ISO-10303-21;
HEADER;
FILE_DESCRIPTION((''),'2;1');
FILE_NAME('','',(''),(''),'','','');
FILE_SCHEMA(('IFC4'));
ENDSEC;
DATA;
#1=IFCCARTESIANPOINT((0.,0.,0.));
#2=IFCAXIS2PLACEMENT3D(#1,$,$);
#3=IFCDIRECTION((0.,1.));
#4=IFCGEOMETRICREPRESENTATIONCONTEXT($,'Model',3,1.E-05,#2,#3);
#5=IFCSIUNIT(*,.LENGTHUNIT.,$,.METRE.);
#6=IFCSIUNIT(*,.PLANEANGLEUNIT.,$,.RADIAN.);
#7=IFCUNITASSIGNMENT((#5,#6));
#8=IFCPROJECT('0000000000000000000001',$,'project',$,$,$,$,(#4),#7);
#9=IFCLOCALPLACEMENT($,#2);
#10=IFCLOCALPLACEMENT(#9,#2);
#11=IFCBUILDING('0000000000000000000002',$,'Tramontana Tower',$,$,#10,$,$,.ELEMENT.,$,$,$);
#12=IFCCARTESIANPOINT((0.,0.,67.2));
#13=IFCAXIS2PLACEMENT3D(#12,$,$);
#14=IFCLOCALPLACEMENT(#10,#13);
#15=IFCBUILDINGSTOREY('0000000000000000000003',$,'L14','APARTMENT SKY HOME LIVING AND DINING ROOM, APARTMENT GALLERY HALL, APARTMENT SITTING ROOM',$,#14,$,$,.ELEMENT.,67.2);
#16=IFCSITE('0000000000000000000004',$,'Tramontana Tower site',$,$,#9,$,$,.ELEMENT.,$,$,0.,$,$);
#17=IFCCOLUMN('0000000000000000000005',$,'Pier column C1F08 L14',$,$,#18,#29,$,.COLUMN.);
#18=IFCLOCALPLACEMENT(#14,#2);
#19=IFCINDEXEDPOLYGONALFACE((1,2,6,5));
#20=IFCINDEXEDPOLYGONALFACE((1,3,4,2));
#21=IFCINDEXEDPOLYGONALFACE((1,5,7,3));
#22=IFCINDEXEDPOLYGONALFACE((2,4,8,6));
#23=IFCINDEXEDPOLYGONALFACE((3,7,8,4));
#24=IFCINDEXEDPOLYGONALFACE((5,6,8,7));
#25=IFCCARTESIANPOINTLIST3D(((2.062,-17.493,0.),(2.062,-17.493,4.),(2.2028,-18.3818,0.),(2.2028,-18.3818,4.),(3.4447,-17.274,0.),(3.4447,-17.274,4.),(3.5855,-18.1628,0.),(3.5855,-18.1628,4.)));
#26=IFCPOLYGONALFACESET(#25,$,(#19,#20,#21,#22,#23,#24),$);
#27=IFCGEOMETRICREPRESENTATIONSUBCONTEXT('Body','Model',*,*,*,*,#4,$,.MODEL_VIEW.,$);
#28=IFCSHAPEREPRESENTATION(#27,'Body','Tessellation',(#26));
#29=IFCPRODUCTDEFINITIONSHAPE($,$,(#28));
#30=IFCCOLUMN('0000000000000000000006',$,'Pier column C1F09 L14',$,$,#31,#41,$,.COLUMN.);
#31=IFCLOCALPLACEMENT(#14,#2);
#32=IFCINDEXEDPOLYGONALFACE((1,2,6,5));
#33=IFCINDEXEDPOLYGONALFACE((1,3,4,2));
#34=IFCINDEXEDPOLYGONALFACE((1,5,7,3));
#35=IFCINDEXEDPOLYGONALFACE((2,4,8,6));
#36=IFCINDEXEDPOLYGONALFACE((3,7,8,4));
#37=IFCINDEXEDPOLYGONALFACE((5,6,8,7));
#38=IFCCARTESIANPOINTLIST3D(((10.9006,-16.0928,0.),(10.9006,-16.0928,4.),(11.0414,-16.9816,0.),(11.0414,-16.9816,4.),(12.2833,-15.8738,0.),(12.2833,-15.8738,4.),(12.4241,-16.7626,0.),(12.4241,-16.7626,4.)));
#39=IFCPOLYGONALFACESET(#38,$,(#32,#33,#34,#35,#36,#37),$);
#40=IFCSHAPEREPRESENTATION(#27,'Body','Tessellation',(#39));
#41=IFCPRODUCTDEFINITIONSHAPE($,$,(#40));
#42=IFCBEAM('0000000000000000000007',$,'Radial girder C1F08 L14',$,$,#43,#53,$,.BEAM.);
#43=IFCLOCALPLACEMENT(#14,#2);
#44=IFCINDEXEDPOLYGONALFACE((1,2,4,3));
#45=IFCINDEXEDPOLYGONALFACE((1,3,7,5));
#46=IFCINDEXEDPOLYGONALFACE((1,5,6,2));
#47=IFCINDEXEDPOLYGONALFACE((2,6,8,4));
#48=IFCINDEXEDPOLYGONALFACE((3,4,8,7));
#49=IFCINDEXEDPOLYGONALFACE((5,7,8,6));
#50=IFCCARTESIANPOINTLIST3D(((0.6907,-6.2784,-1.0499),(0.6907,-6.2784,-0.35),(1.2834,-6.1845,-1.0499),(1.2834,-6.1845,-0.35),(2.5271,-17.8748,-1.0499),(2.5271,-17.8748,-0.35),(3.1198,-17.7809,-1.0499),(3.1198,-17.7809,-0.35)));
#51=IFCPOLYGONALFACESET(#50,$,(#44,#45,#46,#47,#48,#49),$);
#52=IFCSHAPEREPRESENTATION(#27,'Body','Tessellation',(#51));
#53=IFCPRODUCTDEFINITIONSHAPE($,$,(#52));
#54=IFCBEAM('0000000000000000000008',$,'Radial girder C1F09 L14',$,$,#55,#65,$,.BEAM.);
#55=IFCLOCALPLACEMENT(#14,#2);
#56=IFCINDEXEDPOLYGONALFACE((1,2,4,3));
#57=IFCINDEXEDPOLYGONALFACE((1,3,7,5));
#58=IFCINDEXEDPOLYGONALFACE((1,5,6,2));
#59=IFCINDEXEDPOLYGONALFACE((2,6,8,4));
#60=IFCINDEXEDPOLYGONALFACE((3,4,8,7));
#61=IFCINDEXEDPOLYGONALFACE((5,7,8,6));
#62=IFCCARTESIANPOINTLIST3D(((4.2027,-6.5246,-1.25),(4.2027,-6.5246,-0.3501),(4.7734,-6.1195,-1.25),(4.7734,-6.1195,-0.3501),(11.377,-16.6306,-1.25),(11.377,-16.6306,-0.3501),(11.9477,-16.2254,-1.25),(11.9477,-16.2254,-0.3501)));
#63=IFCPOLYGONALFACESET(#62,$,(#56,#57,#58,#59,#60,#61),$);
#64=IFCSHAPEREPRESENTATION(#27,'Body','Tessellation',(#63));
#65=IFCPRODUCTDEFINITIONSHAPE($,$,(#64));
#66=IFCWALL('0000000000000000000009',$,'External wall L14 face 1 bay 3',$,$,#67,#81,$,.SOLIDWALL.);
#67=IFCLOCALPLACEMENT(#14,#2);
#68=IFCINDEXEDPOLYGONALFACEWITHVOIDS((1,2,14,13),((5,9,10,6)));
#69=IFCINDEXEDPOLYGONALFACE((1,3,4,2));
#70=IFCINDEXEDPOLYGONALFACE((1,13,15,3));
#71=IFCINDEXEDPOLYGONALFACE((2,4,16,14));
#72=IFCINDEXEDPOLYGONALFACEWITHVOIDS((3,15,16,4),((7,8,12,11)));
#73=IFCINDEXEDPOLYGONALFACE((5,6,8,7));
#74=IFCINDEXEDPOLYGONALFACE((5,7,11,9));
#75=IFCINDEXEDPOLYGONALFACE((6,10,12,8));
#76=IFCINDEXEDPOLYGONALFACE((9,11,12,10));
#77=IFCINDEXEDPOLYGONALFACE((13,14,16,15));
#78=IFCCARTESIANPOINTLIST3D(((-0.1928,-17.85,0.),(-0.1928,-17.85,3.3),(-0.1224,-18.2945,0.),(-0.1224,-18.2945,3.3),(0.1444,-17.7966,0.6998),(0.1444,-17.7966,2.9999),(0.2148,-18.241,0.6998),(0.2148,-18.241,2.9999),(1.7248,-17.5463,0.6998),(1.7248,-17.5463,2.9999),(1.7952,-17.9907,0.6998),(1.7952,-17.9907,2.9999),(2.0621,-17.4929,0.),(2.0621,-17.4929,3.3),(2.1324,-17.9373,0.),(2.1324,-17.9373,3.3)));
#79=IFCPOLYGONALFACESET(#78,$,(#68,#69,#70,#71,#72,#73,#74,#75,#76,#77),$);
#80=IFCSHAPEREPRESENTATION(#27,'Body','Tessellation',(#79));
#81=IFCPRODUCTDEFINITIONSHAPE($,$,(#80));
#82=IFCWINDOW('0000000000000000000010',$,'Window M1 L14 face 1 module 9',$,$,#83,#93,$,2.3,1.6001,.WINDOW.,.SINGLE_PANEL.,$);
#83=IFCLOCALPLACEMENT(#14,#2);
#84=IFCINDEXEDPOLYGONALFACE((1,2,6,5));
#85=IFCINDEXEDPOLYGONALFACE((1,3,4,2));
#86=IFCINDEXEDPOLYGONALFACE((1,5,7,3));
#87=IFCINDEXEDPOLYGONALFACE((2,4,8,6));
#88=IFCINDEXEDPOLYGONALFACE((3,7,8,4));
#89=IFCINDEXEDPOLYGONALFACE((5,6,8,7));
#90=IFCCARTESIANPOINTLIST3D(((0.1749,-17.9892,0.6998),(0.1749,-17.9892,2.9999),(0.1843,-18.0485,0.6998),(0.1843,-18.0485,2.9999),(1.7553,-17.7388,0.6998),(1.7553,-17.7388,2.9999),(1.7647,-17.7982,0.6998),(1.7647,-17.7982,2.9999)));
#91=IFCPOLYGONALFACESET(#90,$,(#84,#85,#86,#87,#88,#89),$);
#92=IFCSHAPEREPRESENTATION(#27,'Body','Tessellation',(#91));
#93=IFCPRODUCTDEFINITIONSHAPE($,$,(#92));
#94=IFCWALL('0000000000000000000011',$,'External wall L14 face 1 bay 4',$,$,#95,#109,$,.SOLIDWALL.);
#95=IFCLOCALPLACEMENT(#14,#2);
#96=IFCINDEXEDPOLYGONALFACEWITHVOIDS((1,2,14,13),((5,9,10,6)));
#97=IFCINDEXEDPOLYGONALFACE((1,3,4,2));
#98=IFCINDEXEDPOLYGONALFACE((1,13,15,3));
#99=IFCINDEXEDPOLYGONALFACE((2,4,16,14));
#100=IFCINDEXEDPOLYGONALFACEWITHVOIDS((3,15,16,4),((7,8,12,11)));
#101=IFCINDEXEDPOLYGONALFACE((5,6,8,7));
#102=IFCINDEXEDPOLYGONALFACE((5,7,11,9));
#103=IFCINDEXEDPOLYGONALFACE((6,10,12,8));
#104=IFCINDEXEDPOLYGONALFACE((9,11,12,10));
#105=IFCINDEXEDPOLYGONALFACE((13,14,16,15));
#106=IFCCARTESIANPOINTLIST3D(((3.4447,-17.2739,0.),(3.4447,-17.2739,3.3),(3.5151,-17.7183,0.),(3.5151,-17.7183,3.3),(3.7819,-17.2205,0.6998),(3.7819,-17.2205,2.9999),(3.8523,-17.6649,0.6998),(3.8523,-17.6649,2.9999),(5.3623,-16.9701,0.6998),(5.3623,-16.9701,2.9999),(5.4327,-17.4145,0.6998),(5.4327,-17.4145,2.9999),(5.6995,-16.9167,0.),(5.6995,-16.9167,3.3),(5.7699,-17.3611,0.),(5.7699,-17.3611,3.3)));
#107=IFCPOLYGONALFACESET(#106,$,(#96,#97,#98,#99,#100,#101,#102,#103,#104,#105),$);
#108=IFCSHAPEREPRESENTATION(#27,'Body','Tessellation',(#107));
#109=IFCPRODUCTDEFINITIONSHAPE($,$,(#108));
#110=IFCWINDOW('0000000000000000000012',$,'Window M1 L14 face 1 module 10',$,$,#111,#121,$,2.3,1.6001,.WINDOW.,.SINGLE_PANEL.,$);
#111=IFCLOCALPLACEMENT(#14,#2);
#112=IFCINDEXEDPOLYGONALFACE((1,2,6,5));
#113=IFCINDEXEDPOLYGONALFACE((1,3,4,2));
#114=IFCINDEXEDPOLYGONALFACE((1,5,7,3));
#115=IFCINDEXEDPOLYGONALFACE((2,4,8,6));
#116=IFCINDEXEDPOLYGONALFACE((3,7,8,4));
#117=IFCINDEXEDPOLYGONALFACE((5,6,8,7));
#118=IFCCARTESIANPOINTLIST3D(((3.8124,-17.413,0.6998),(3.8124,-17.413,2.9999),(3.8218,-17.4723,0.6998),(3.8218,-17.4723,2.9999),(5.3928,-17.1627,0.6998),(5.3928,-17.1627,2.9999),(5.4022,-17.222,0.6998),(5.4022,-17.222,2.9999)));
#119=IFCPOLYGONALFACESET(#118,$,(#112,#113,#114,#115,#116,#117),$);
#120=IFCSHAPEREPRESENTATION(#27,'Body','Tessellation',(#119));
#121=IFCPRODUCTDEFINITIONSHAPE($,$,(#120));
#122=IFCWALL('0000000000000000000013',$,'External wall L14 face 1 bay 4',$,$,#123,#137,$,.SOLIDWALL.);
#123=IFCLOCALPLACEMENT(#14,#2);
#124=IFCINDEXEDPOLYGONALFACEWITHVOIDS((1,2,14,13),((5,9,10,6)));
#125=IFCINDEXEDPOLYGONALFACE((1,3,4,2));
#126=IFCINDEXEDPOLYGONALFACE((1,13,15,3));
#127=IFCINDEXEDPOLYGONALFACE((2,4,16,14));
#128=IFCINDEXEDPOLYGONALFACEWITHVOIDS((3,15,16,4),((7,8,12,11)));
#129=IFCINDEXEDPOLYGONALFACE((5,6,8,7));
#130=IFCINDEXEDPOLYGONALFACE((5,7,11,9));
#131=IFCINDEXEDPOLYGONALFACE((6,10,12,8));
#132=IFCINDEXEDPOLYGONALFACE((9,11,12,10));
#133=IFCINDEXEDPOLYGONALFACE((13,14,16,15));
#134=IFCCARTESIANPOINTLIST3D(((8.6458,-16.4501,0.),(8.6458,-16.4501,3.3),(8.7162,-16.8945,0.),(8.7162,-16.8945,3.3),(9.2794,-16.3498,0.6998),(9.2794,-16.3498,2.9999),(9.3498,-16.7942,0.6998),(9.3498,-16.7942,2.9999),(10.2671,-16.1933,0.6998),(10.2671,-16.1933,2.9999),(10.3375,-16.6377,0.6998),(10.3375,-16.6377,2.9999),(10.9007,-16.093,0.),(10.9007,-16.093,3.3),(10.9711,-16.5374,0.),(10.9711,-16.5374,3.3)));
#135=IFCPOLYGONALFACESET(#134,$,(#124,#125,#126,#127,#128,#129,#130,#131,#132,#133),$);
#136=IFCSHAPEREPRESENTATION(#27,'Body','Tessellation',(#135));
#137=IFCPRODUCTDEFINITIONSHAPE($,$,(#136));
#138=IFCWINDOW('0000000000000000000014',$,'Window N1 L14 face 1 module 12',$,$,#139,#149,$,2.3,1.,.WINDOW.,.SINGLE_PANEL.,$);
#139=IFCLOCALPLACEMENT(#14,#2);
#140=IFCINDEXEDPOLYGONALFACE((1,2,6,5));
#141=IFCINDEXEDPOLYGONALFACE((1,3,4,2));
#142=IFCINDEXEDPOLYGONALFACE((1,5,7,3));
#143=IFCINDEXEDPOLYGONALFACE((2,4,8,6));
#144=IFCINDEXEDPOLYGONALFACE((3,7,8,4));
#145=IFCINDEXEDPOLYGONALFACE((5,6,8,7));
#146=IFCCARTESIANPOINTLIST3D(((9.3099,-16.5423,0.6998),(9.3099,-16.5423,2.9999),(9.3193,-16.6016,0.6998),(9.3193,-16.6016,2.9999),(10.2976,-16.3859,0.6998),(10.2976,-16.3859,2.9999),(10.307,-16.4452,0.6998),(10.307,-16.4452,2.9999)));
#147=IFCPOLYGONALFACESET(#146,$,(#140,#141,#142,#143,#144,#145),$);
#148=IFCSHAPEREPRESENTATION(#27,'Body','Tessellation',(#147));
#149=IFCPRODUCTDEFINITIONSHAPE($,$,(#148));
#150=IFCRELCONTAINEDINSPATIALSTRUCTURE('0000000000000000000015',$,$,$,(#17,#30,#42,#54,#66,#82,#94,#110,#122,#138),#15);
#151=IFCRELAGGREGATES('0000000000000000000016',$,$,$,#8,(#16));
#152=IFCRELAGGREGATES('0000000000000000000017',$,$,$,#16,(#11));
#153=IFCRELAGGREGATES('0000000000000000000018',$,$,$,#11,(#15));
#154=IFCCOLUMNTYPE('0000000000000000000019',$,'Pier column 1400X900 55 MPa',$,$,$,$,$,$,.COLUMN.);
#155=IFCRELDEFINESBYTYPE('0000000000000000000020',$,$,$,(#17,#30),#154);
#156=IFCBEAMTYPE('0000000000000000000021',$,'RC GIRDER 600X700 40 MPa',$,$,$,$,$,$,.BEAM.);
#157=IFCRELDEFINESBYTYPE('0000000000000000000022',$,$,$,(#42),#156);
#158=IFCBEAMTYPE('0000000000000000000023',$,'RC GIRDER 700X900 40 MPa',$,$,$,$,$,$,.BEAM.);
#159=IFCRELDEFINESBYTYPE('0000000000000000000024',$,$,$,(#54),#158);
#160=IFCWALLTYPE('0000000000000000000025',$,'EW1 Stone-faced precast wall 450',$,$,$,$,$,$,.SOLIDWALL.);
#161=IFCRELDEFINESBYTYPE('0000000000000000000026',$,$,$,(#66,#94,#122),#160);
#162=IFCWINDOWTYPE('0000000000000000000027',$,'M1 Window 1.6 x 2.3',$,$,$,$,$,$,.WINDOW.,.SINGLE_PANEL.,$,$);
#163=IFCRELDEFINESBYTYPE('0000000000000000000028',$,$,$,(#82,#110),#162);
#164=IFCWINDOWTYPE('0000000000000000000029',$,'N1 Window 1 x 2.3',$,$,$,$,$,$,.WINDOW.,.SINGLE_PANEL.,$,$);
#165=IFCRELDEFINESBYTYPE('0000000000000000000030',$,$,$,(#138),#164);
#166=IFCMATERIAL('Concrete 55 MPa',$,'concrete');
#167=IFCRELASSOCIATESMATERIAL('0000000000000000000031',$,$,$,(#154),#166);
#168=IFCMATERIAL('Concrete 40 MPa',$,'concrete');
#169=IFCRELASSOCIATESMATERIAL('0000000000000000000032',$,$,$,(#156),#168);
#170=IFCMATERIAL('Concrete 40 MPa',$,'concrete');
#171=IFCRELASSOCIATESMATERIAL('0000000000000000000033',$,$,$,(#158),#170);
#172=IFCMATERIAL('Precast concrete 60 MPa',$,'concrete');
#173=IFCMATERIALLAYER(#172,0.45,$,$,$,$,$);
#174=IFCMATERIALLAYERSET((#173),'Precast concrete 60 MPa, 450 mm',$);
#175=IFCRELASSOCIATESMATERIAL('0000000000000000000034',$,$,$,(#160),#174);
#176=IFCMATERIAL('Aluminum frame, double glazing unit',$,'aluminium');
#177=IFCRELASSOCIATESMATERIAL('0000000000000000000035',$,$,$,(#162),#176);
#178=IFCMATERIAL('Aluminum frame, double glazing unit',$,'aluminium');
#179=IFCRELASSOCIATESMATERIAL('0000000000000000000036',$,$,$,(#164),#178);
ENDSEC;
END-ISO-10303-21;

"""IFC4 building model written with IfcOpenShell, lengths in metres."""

from ifc_helpers import new_model, si_unit, direction, frame, frame_2d, origin, origin_2d, place, context, subcontext, project, spatial, rectangle, extrude, material, layer, layer_set, material_profile, profile_set, type_object, element, fill, save


model = new_model("IFC4")

# Units and contexts
model_context = context("Model", 3, precision=1e-05, world=origin(), true_north=direction((0.0, 1.0)))
body_context = subcontext(model_context, "Body", "Model", "MODEL_VIEW")
ifc_project = project(units=[si_unit("LENGTHUNIT", "METRE"), si_unit("PLANEANGLEUNIT", "RADIAN")], contexts=[model_context])

# Site, building, storey
site_placement = place(None, origin())
site = spatial("IfcSite", under=ifc_project, at=site_placement, Name="Tramontana Tower site", CompositionType="ELEMENT", RefElevation=0.0)
building_placement = place(site_placement, origin())
building = spatial("IfcBuilding", under=site, at=building_placement, Name="Tramontana Tower", CompositionType="ELEMENT")
storey_placement = place(building_placement, frame((0.0, 0.0, 67.2)))
storey = spatial("IfcBuildingStorey", under=building, at=storey_placement, Name="L14", Description="APARTMENT SKY HOME LIVING AND DINING ROOM, APARTMENT GALLERY HALL, APARTMENT SITTING ROOM", CompositionType="ELEMENT", Elevation=67.2)

# Columns
ifc_material_1 = material(Name="Concrete 55 MPa", Category="concrete")
ifc_material_profile_1 = material_profile(ifc_material_1, rectangle(XDim=1.3999, YDim=0.8999, at=origin_2d()), Name="Pier column 1400X900 55 MPa")
ifc_profile_set_1 = profile_set([ifc_material_profile_1], Name="Concrete 55 MPa")
column_type = type_object("IfcColumnType", Name="Pier column 1400X900 55 MPa", PredefinedType="COLUMN", material=ifc_profile_set_1)
for number, where, z_axis, x_axis, name in (
    (1, (2.8237, -17.8279, 0.0), (0.0, 0.0, 1.0), (0.987688, 0.156434, 0.0), "Pier column C1F08 L14"),
    (2, (11.6624, -16.4277, 0.0), (0.0, 0.0, 1.0), (0.987688, 0.156434, 0.0), "Pier column C1F09 L14"),
):
    element("IfcColumn", number, at=place(storey_placement, frame(where, z_axis=z_axis, x_axis=x_axis)), inside=storey, type_object=column_type, Name=name, PredefinedType="COLUMN", context=body_context, shape_type="SweptSolid", body=[
        extrude(rectangle(XDim=1.3999, YDim=0.8999, at=origin_2d()), origin(), (0.0, 0.0, 1.0), 4.0),
    ])

# Beams
ifc_material_2 = material(Name="Concrete 40 MPa", Category="concrete")
ifc_material_profile_2 = material_profile(ifc_material_2, rectangle(XDim=0.6001, YDim=0.7, at=origin_2d()), Name="RC GIRDER 600X700 40 MPa")
ifc_profile_set_2 = profile_set([ifc_material_profile_2], Name="Concrete 40 MPa")
beam_type_1 = type_object("IfcBeamType", Name="RC GIRDER 600X700 40 MPa", PredefinedType="BEAM", material=ifc_profile_set_2)
beam_1_placement = place(storey_placement, frame((2.8235, -17.8279, -0.7), z_axis=(-0.156412, 0.987692, 0.0), x_axis=(-0.987692, -0.156412, 0.0)))
element("IfcBeam", 3, at=beam_1_placement, inside=storey, type_object=beam_type_1, Name="Radial girder C1F08 L14", PredefinedType="BEAM", context=body_context, shape_type="SweptSolid", body=[
    extrude(rectangle(XDim=0.6001, YDim=0.7, at=origin_2d()), origin(), (0.0, 0.0, 1.0), 11.741),
])
ifc_material_3 = material(Name="Concrete 40 MPa", Category="concrete")
ifc_material_profile_3 = material_profile(ifc_material_3, rectangle(XDim=0.7, YDim=0.8999, at=origin_2d()), Name="RC GIRDER 700X900 40 MPa")
ifc_profile_set_3 = profile_set([ifc_material_profile_3], Name="Concrete 40 MPa")
beam_type_2 = type_object("IfcBeamType", Name="RC GIRDER 700X900 40 MPa", PredefinedType="BEAM", material=ifc_profile_set_3)
beam_2_placement = place(storey_placement, frame((11.6624, -16.428, -0.8), z_axis=(-0.578873, 0.815418, 0.0), x_axis=(-0.815418, -0.578873, 0.0)))
element("IfcBeam", 4, at=beam_2_placement, inside=storey, type_object=beam_type_2, Name="Radial girder C1F09 L14", PredefinedType="BEAM", context=body_context, shape_type="SweptSolid", body=[
    extrude(rectangle(XDim=0.7, YDim=0.8999, at=origin_2d()), origin(), (0.0, 0.0, 1.0), 12.3936),
])

# Walls, openings, windows
ifc_material_4 = material(Name="Precast concrete 60 MPa", Category="concrete")
ifc_layer_1 = layer(ifc_material_4, 0.45)
ifc_layer_set_1 = layer_set([ifc_layer_1], Name="Precast concrete 60 MPa, 450 mm")
wall_type_1 = type_object("IfcWallType", Name="EW1 Stone-faced precast wall 450", PredefinedType="SOLIDWALL", material=ifc_layer_set_1)
wall_1_placement = place(storey_placement, frame((-0.1577, -18.0723, 0.0), z_axis=(0.0, 0.0, 1.0), x_axis=(0.987686, 0.156451, 0.0)))
wall_1 = element("IfcWall", 5, at=wall_1_placement, inside=storey, type_object=wall_type_1, Name="External wall L14 face 1 bay 3", PredefinedType="SOLIDWALL", context=body_context, shape_type="SweptSolid", body=[
    extrude(rectangle(XDim=2.283, YDim=0.45, at=frame_2d((1.1416, 0.0))), origin(), (0.0, 0.0, 1.0), 3.3),
])
opening_1_placement = place(wall_1_placement, frame((0.3416, 0.0, 0.7)))
opening_1 = element("IfcOpeningElement", 6, at=opening_1_placement, cuts=wall_1, PredefinedType="OPENING", context=body_context, shape_type="SweptSolid", body=[
    extrude(rectangle(XDim=1.6001, YDim=2.3, at=frame_2d((0.8, 1.1499))), frame((0.0, 0.2349, 0.0), z_axis=(0.0, -1.0, 0.0), x_axis=(1.0, 0.0, 0.0)), (0.0, 0.0, 1.0), 0.47),
])
ifc_material_5 = material(Name="Aluminum frame, double glazing unit", Category="aluminium")
window_type_1 = type_object("IfcWindowType", Name="M1 Window 1.6 x 2.3", PartitioningType="SINGLE_PANEL", PredefinedType="WINDOW", material=ifc_material_5)
window_1_placement = place(opening_1_placement, origin())
window_1 = element("IfcWindow", 7, at=window_1_placement, inside=storey, type_object=window_type_1, Name="Window M1 L14 face 1 module 9", OverallHeight=2.3, OverallWidth=1.6001, PartitioningType="SINGLE_PANEL", PredefinedType="WINDOW", context=body_context, shape_type="SweptSolid", body=[
    extrude(rectangle(XDim=1.6001, YDim=2.3, at=frame_2d((0.8, 1.1499))), frame((0.0, 0.03, 0.0), z_axis=(0.0, -1.0, 0.0), x_axis=(1.0, 0.0, 0.0)), (0.0, 0.0, 1.0), 0.0601),
])
fill(opening_1, window_1)
wall_2_placement = place(storey_placement, frame((3.4797, -17.4961, 0.0), z_axis=(0.0, 0.0, 1.0), x_axis=(0.987686, 0.156451, 0.0)))
wall_2 = element("IfcWall", 8, at=wall_2_placement, inside=storey, type_object=wall_type_1, Name="External wall L14 face 1 bay 4", PredefinedType="SOLIDWALL", context=body_context, shape_type="SweptSolid", body=[
    extrude(rectangle(XDim=2.283, YDim=0.45, at=frame_2d((1.1416, 0.0))), origin(), (0.0, 0.0, 1.0), 3.3),
])
opening_2_placement = place(wall_2_placement, frame((0.3416, 0.0, 0.7)))
opening_2 = element("IfcOpeningElement", 9, at=opening_2_placement, cuts=wall_2, PredefinedType="OPENING", context=body_context, shape_type="SweptSolid", body=[
    extrude(rectangle(XDim=1.6001, YDim=2.3, at=frame_2d((0.8, 1.1499))), frame((0.0, 0.2349, 0.0), z_axis=(0.0, -1.0, 0.0), x_axis=(1.0, 0.0, 0.0)), (0.0, 0.0, 1.0), 0.47),
])
window_2_placement = place(opening_2_placement, origin())
window_2 = element("IfcWindow", 10, at=window_2_placement, inside=storey, type_object=window_type_1, Name="Window M1 L14 face 1 module 10", OverallHeight=2.3, OverallWidth=1.6001, PartitioningType="SINGLE_PANEL", PredefinedType="WINDOW", context=body_context, shape_type="SweptSolid", body=[
    extrude(rectangle(XDim=1.6001, YDim=2.3, at=frame_2d((0.8, 1.1499))), frame((0.0, 0.03, 0.0), z_axis=(0.0, -1.0, 0.0), x_axis=(1.0, 0.0, 0.0)), (0.0, 0.0, 1.0), 0.0601),
])
fill(opening_2, window_2)
wall_3_placement = place(storey_placement, frame((8.6809, -16.6724, 0.0), z_axis=(0.0, 0.0, 1.0), x_axis=(0.987686, 0.156451, 0.0)))
wall_3 = element("IfcWall", 11, at=wall_3_placement, inside=storey, type_object=wall_type_1, Name="External wall L14 face 1 bay 4", PredefinedType="SOLIDWALL", context=body_context, shape_type="SweptSolid", body=[
    extrude(rectangle(XDim=2.283, YDim=0.45, at=frame_2d((1.1416, 0.0))), origin(), (0.0, 0.0, 1.0), 3.3),
])
opening_3_placement = place(wall_3_placement, frame((0.6416, 0.0, 0.7)))
opening_3 = element("IfcOpeningElement", 12, at=opening_3_placement, cuts=wall_3, PredefinedType="OPENING", context=body_context, shape_type="SweptSolid", body=[
    extrude(rectangle(XDim=1.0, YDim=2.3, at=frame_2d((0.5, 1.1499))), frame((0.0, 0.2349, 0.0), z_axis=(0.0, -1.0, 0.0), x_axis=(1.0, 0.0, 0.0)), (0.0, 0.0, 1.0), 0.47),
])
ifc_material_6 = material(Name="Aluminum frame, double glazing unit", Category="aluminium")
window_type_2 = type_object("IfcWindowType", Name="N1 Window 1 x 2.3", PartitioningType="SINGLE_PANEL", PredefinedType="WINDOW", material=ifc_material_6)
window_3_placement = place(opening_3_placement, origin())
window_3 = element("IfcWindow", 13, at=window_3_placement, inside=storey, type_object=window_type_2, Name="Window N1 L14 face 1 module 12", OverallHeight=2.3, OverallWidth=1.0, PartitioningType="SINGLE_PANEL", PredefinedType="WINDOW", context=body_context, shape_type="SweptSolid", body=[
    extrude(rectangle(XDim=1.0, YDim=2.3, at=frame_2d((0.5, 1.1499))), frame((0.0, 0.03, 0.0), z_axis=(0.0, -1.0, 0.0), x_axis=(1.0, 0.0, 0.0)), (0.0, 0.0, 1.0), 0.0601),
])
fill(opening_3, window_3)

save(model, "model.ifc")
